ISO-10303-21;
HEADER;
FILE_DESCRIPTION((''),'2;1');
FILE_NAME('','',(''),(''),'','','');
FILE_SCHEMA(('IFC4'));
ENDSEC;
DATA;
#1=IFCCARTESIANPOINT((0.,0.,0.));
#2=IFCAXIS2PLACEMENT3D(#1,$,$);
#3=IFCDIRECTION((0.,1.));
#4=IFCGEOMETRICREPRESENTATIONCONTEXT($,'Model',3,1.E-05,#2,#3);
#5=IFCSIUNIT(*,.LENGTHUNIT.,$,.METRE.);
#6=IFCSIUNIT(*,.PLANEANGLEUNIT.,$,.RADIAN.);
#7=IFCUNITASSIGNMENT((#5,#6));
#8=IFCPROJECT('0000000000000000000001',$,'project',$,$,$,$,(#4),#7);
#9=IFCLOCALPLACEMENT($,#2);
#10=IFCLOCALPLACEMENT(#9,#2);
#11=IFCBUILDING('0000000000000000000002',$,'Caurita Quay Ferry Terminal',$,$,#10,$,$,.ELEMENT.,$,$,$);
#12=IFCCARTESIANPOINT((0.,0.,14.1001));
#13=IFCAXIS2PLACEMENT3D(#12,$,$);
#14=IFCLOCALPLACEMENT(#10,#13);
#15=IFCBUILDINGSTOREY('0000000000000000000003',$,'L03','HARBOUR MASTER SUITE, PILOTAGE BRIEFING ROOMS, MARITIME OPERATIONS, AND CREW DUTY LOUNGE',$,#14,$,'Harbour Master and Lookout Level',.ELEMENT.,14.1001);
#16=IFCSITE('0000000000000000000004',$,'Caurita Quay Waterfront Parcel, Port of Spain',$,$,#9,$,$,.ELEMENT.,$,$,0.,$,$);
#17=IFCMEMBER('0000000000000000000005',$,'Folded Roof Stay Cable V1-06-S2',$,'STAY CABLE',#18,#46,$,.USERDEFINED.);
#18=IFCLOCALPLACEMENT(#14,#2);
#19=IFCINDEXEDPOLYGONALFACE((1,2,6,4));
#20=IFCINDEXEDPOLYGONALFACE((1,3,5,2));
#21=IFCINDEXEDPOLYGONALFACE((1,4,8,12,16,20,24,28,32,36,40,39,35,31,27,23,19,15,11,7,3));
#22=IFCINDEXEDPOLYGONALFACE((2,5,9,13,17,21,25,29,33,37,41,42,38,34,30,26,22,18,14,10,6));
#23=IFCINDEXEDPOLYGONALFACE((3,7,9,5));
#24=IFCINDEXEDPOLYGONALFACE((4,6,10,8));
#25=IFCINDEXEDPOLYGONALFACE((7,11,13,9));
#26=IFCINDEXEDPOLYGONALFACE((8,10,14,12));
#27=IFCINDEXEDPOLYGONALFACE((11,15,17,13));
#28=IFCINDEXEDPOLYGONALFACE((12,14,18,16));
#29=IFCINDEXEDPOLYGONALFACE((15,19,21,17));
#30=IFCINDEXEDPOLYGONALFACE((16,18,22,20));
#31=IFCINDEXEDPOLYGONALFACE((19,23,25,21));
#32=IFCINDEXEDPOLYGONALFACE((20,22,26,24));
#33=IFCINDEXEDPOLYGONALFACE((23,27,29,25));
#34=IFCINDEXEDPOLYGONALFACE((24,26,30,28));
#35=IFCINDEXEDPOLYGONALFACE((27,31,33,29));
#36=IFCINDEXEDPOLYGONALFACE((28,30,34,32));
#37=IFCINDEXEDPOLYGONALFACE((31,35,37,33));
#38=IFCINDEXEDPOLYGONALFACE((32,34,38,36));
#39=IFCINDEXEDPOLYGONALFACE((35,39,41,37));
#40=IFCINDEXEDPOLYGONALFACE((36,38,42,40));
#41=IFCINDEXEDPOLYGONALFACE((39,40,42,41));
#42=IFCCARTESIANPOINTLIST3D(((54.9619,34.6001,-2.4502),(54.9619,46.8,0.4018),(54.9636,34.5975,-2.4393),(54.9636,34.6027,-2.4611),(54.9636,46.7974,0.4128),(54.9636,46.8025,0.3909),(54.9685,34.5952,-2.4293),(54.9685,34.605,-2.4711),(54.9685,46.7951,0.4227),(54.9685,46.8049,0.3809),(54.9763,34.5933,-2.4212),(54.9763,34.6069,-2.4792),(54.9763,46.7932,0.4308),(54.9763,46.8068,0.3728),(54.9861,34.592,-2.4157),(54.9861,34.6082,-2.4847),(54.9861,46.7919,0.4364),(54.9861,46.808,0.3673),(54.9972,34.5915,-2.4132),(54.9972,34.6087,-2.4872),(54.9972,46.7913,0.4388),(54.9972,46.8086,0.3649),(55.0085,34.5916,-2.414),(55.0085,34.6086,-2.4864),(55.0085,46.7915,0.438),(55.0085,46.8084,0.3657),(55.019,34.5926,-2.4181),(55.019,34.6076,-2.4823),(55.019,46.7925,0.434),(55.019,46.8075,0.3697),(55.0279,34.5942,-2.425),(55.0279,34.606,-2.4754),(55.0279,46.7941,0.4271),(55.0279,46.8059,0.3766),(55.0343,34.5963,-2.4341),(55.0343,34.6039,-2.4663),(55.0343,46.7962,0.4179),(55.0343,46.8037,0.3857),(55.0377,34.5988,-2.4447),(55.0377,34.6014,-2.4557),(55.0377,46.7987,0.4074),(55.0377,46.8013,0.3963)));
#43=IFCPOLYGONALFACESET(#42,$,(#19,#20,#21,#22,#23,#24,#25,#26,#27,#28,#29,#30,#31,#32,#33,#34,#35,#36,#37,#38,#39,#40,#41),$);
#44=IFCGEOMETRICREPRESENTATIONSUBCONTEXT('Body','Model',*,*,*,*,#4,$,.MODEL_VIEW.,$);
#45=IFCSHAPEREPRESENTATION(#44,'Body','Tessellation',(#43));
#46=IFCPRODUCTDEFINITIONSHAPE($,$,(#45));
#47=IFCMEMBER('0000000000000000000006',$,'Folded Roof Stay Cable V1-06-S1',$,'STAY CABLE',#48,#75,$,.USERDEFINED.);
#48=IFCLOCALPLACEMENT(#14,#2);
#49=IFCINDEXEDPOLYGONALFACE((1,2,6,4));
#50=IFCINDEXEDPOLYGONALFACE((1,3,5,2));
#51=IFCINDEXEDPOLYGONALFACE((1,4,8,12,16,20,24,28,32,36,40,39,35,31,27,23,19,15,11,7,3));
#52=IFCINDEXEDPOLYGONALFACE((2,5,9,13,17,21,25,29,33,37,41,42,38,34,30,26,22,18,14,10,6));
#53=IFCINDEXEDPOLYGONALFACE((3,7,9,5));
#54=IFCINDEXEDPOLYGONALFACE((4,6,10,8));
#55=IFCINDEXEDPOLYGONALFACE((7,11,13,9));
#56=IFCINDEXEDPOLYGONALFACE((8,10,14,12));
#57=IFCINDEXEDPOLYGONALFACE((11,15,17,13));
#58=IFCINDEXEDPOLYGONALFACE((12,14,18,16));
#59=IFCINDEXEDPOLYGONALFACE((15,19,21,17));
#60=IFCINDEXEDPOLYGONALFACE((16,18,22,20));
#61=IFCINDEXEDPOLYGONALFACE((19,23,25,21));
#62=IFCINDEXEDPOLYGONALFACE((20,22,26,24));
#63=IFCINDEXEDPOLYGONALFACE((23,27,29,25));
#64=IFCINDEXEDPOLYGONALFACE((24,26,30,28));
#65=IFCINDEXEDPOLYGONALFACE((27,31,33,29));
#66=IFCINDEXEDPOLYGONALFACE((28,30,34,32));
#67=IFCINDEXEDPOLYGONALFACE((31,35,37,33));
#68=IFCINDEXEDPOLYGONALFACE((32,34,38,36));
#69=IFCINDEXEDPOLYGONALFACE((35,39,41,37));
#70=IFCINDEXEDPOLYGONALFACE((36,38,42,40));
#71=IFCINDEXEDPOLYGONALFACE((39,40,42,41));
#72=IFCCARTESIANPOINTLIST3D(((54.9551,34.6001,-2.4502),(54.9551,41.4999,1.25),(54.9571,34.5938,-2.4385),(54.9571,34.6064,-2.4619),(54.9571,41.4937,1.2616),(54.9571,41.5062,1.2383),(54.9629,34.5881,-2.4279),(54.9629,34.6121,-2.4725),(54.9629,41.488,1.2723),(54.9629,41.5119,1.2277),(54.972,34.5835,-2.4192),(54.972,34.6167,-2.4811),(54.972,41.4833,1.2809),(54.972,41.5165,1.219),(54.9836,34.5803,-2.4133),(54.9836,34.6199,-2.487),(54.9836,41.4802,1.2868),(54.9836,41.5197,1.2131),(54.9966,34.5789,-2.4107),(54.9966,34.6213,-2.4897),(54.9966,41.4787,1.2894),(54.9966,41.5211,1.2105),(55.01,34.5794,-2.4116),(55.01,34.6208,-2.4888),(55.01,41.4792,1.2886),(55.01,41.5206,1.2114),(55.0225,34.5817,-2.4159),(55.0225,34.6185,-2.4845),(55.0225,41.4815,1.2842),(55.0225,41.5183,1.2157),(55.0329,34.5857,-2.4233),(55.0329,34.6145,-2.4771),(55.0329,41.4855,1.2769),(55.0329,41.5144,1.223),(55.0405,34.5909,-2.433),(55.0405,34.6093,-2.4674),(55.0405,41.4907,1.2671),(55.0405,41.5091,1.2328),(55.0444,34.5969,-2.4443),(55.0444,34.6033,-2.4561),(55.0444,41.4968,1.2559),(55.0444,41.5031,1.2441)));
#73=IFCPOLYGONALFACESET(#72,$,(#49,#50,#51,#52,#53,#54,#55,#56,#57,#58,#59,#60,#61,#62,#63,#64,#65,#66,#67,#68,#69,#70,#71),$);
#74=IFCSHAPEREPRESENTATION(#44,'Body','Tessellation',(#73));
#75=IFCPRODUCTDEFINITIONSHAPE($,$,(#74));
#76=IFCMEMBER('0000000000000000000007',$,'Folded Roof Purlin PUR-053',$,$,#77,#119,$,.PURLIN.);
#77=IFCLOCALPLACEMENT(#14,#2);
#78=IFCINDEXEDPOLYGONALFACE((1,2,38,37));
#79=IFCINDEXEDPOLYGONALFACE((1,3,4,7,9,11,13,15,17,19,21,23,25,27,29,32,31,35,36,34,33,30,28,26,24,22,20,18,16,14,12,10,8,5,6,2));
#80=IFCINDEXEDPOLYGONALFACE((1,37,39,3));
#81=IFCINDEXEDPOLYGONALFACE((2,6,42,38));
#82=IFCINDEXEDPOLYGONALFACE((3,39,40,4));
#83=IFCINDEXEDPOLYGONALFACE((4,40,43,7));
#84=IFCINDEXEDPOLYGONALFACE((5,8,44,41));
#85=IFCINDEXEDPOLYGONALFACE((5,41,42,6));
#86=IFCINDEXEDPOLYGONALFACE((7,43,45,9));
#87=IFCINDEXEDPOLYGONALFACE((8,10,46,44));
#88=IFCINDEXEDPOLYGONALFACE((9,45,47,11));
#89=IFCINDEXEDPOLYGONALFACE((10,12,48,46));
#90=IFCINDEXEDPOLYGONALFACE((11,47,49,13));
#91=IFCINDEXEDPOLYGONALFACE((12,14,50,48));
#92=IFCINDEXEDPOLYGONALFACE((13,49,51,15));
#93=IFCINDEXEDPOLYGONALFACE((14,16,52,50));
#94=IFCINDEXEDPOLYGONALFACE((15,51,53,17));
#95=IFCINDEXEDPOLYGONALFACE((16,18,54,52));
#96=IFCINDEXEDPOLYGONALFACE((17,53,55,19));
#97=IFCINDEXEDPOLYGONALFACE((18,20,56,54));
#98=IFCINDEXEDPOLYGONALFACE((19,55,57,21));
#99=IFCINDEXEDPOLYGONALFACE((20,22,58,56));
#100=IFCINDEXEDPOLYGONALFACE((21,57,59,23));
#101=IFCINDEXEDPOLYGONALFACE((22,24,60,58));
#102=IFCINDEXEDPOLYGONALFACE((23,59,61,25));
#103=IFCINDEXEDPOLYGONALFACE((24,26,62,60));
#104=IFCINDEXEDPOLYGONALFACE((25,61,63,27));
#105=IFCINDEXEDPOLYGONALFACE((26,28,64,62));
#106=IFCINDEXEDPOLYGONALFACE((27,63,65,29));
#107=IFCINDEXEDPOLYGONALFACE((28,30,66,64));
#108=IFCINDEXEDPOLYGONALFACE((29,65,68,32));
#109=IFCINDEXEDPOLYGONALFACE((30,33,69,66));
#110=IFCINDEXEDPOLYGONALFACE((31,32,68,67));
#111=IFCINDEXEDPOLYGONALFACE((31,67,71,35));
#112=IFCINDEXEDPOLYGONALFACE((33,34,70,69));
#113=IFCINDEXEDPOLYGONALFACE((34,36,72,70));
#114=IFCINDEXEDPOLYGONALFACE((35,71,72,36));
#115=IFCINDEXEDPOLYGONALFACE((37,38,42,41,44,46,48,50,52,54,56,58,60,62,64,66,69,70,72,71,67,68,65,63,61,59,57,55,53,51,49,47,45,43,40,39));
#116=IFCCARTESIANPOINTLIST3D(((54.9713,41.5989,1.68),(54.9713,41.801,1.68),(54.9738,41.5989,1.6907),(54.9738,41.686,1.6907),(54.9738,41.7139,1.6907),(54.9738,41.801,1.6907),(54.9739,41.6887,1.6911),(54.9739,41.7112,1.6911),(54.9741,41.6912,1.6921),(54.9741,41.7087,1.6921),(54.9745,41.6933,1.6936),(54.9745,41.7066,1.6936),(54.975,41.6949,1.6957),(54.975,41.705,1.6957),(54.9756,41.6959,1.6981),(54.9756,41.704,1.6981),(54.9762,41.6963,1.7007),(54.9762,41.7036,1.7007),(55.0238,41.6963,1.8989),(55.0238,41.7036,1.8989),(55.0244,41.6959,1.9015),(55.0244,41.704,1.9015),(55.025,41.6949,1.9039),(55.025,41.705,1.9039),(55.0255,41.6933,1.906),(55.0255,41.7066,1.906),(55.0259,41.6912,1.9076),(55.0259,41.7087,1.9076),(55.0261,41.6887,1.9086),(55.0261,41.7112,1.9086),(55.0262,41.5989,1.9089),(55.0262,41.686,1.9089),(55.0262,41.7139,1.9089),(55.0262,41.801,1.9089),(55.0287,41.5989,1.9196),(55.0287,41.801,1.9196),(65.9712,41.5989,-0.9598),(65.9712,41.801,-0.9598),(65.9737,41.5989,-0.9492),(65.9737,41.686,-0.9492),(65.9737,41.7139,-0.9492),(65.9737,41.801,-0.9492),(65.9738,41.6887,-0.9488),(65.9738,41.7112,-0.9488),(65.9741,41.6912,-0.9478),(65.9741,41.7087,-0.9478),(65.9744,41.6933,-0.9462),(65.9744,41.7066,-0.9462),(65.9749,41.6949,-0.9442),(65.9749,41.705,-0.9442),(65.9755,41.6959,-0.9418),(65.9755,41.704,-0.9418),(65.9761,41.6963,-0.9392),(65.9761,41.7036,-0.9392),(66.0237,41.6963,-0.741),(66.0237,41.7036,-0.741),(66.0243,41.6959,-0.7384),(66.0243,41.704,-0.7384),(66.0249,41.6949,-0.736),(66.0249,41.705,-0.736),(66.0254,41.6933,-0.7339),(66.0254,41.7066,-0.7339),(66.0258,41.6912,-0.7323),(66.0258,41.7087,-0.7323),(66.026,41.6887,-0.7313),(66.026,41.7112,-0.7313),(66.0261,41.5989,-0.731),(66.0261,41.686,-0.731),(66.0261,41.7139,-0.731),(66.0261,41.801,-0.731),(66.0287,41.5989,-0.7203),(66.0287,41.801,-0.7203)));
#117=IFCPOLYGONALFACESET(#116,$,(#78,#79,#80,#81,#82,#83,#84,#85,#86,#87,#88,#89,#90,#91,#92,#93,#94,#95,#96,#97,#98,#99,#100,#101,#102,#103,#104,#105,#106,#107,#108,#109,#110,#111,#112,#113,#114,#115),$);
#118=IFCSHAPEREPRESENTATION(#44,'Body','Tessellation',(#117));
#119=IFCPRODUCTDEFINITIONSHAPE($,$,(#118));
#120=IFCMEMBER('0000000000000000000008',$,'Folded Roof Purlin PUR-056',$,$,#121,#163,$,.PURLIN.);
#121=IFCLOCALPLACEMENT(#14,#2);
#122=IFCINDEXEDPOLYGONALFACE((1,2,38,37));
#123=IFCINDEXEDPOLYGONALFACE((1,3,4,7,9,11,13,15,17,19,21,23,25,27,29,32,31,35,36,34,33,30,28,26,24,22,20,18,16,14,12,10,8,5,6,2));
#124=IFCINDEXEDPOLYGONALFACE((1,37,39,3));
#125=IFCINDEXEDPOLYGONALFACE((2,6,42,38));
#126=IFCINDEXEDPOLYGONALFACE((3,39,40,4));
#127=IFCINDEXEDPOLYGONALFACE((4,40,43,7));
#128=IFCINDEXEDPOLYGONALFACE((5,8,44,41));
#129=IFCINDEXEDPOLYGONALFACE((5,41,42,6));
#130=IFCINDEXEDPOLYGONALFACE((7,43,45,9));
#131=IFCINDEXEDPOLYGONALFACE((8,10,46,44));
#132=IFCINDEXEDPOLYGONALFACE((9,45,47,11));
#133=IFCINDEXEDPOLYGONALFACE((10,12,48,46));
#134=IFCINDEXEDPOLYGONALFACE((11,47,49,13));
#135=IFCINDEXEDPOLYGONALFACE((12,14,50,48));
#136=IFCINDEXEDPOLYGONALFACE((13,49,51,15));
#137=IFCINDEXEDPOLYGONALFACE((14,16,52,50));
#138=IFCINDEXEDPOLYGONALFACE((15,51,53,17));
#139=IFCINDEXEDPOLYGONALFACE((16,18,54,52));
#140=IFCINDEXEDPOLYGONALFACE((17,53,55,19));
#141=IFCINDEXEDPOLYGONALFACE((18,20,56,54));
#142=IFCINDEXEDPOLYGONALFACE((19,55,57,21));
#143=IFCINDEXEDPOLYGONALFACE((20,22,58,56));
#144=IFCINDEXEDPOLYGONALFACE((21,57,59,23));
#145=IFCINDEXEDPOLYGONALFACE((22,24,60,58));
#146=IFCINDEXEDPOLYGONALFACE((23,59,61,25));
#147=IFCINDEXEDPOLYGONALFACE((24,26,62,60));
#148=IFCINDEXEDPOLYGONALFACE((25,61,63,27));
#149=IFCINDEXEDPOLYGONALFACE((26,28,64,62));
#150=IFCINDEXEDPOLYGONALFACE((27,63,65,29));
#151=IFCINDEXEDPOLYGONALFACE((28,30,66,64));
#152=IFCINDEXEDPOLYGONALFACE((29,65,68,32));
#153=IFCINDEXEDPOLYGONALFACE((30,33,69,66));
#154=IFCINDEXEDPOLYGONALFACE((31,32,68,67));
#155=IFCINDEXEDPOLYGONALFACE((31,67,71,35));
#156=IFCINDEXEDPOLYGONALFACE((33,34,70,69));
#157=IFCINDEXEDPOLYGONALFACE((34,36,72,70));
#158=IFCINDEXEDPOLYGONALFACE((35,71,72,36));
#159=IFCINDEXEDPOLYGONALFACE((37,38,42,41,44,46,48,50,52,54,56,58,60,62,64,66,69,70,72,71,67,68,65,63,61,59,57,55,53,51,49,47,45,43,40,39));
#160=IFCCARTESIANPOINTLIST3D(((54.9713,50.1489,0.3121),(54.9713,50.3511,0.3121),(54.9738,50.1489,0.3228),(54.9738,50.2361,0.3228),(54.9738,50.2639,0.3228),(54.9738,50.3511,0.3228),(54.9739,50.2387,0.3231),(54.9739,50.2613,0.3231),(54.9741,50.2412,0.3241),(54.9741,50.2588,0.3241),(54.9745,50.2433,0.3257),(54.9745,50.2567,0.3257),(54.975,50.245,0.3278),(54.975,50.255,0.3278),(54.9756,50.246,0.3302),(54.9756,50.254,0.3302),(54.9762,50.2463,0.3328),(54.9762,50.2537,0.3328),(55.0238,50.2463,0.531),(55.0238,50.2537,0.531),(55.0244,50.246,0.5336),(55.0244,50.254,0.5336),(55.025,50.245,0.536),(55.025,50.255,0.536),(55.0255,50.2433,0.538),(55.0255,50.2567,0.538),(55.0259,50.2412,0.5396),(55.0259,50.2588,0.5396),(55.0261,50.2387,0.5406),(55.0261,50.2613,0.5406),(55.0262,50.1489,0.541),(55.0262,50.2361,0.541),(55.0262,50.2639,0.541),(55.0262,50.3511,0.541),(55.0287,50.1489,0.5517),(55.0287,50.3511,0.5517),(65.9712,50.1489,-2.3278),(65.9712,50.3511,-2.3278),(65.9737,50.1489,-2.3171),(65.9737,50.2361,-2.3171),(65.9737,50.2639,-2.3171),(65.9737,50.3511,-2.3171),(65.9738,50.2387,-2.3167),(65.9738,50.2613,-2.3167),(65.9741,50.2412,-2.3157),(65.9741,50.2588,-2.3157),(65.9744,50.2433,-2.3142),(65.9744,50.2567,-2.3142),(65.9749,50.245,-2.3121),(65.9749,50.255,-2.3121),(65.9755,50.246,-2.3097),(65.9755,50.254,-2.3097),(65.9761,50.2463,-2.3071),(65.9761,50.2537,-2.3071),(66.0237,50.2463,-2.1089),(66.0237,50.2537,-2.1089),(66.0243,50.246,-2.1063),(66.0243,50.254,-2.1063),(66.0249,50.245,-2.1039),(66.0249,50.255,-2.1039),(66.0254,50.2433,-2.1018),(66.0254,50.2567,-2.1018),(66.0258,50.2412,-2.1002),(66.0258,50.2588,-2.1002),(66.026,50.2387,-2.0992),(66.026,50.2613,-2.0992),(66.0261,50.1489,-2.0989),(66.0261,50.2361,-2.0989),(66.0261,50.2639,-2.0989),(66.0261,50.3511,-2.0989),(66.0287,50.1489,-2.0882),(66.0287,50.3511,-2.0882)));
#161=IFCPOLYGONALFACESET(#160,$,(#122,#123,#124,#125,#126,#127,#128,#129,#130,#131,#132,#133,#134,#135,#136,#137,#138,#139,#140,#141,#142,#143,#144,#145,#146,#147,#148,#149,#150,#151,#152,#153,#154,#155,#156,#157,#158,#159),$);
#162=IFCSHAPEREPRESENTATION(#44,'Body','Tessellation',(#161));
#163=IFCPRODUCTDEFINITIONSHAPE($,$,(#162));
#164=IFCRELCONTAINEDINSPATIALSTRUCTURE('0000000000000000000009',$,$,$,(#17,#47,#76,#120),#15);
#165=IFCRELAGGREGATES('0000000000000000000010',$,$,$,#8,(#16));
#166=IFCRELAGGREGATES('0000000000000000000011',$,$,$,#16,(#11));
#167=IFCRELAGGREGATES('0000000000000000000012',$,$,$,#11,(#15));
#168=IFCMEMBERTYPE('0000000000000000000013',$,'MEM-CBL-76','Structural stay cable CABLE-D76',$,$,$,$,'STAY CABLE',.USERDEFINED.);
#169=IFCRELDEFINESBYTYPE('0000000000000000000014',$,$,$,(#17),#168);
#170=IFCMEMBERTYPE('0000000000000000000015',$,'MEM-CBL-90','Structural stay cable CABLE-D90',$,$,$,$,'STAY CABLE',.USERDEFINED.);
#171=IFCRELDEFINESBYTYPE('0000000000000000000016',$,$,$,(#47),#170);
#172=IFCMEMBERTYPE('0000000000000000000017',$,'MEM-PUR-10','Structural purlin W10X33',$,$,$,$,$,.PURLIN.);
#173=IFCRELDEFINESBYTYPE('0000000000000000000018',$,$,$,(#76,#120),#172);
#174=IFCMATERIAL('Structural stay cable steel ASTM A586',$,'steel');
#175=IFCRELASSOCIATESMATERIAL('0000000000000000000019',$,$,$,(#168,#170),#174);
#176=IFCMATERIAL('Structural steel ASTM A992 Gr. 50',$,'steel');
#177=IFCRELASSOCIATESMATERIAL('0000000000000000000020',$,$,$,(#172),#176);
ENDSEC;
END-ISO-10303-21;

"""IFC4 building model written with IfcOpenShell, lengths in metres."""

from ifc_helpers import new_model, si_unit, direction, frame, origin, origin_2d, place, context, subcontext, project, spatial, circle, i_section, extrude, material, material_profile, profile_set, type_object, element, save


model = new_model("IFC4")

# Units and contexts
model_context = context("Model", 3, precision=1e-05, world=origin(), true_north=direction((0.0, 1.0)))
body_context = subcontext(model_context, "Body", "Model", "MODEL_VIEW")
ifc_project = project(units=[si_unit("LENGTHUNIT", "METRE"), si_unit("PLANEANGLEUNIT", "RADIAN")], contexts=[model_context])

# Site, building, storey
site_placement = place(None, origin())
site = spatial("IfcSite", under=ifc_project, at=site_placement, Name="Caurita Quay Waterfront Parcel, Port of Spain", CompositionType="ELEMENT", RefElevation=0.0)
building_placement = place(site_placement, origin())
building = spatial("IfcBuilding", under=site, at=building_placement, Name="Caurita Quay Ferry Terminal", CompositionType="ELEMENT")
storey_placement = place(building_placement, frame((0.0, 0.0, 14.1001)))
storey = spatial("IfcBuildingStorey", under=building, at=storey_placement, Name="L03", Description="HARBOUR MASTER SUITE, PILOTAGE BRIEFING ROOMS, MARITIME OPERATIONS, AND CREW DUTY LOUNGE", LongName="Harbour Master and Lookout Level", CompositionType="ELEMENT", Elevation=14.1001)

# Shared definitions
ifc_material_1 = material(Name="Structural steel ASTM A992 Gr. 50", Category="steel")

# Members
ifc_material_2 = material(Name="Structural stay cable steel ASTM A586", Category="steel")
ifc_material_profile_1 = material_profile(ifc_material_2, circle(Radius=0.0381, at=origin_2d()), Name="CABLE-D76")
ifc_profile_set_1 = profile_set([ifc_material_profile_1], Name="Structural stay cable steel ASTM A586")
member_type_1 = type_object("IfcMemberType", Name="MEM-CBL-76", Description="Structural stay cable CABLE-D76", ElementType="STAY CABLE", PredefinedType="USERDEFINED", material=ifc_profile_set_1)
member_1_placement = place(storey_placement, frame((55.0, 34.6001, -2.4502), z_axis=(0.0, 0.973746, 0.227638), x_axis=(-1.0, 0.0, 0.0)))
element("IfcMember", 1, at=member_1_placement, inside=storey, type_object=member_type_1, Name="Folded Roof Stay Cable V1-06-S2", ObjectType="STAY CABLE", PredefinedType="USERDEFINED", context=body_context, shape_type="SweptSolid", body=[
    extrude(circle(Radius=0.0381, at=origin_2d()), origin(), (0.0, 0.0, 1.0), 12.5288),
])
ifc_material_profile_2 = material_profile(ifc_material_2, circle(Radius=0.0449, at=origin_2d()), Name="CABLE-D90")
ifc_profile_set_2 = profile_set([ifc_material_profile_2], Name="Structural stay cable steel ASTM A586")
member_type_2 = type_object("IfcMemberType", Name="MEM-CBL-90", Description="Structural stay cable CABLE-D90", ElementType="STAY CABLE", PredefinedType="USERDEFINED", material=ifc_profile_set_2)
member_2_placement = place(storey_placement, frame((55.0, 34.6001, -2.4502), z_axis=(0.0, 0.881277, 0.4726), x_axis=(-1.0, 0.0, 0.0)))
element("IfcMember", 2, at=member_2_placement, inside=storey, type_object=member_type_2, Name="Folded Roof Stay Cable V1-06-S1", ObjectType="STAY CABLE", PredefinedType="USERDEFINED", context=body_context, shape_type="SweptSolid", body=[
    extrude(circle(Radius=0.0449, at=origin_2d()), origin(), (0.0, 0.0, 1.0), 7.8293),
])
ifc_material_profile_3 = material_profile(ifc_material_1, i_section(OverallWidth=0.2021, OverallDepth=0.2463, WebThickness=0.0073, FlangeThickness=0.011, FilletRadius=0.0103, at=origin_2d()), Name="W10X33")
ifc_profile_set_3 = profile_set([ifc_material_profile_3], Name="Structural steel ASTM A992 Gr. 50")
member_type_3 = type_object("IfcMemberType", Name="MEM-PUR-10", Description="Structural purlin W10X33", PredefinedType="PURLIN", material=ifc_profile_set_3)
for number, where, z_axis, x_axis, name in (
    (3, (55.0, 41.7, 1.7998), (0.972389, 0.0, -0.233364), (0.0, 1.0, 0.0), "Folded Roof Purlin PUR-053"),
    (4, (55.0, 50.25, 0.4319), (0.972389, 0.0, -0.233364), (0.0, 1.0, 0.0), "Folded Roof Purlin PUR-056"),
):
    element("IfcMember", number, at=place(storey_placement, frame(where, z_axis=z_axis, x_axis=x_axis)), inside=storey, type_object=member_type_3, Name=name, PredefinedType="PURLIN", context=body_context, shape_type="SweptSolid", body=[
        extrude(i_section(OverallWidth=0.2021, OverallDepth=0.2463, WebThickness=0.0073, FlangeThickness=0.011, FilletRadius=0.0103, at=origin_2d()), origin(), (0.0, 0.0, 1.0), 11.3123),
    ])

save(model, "model.ifc")
